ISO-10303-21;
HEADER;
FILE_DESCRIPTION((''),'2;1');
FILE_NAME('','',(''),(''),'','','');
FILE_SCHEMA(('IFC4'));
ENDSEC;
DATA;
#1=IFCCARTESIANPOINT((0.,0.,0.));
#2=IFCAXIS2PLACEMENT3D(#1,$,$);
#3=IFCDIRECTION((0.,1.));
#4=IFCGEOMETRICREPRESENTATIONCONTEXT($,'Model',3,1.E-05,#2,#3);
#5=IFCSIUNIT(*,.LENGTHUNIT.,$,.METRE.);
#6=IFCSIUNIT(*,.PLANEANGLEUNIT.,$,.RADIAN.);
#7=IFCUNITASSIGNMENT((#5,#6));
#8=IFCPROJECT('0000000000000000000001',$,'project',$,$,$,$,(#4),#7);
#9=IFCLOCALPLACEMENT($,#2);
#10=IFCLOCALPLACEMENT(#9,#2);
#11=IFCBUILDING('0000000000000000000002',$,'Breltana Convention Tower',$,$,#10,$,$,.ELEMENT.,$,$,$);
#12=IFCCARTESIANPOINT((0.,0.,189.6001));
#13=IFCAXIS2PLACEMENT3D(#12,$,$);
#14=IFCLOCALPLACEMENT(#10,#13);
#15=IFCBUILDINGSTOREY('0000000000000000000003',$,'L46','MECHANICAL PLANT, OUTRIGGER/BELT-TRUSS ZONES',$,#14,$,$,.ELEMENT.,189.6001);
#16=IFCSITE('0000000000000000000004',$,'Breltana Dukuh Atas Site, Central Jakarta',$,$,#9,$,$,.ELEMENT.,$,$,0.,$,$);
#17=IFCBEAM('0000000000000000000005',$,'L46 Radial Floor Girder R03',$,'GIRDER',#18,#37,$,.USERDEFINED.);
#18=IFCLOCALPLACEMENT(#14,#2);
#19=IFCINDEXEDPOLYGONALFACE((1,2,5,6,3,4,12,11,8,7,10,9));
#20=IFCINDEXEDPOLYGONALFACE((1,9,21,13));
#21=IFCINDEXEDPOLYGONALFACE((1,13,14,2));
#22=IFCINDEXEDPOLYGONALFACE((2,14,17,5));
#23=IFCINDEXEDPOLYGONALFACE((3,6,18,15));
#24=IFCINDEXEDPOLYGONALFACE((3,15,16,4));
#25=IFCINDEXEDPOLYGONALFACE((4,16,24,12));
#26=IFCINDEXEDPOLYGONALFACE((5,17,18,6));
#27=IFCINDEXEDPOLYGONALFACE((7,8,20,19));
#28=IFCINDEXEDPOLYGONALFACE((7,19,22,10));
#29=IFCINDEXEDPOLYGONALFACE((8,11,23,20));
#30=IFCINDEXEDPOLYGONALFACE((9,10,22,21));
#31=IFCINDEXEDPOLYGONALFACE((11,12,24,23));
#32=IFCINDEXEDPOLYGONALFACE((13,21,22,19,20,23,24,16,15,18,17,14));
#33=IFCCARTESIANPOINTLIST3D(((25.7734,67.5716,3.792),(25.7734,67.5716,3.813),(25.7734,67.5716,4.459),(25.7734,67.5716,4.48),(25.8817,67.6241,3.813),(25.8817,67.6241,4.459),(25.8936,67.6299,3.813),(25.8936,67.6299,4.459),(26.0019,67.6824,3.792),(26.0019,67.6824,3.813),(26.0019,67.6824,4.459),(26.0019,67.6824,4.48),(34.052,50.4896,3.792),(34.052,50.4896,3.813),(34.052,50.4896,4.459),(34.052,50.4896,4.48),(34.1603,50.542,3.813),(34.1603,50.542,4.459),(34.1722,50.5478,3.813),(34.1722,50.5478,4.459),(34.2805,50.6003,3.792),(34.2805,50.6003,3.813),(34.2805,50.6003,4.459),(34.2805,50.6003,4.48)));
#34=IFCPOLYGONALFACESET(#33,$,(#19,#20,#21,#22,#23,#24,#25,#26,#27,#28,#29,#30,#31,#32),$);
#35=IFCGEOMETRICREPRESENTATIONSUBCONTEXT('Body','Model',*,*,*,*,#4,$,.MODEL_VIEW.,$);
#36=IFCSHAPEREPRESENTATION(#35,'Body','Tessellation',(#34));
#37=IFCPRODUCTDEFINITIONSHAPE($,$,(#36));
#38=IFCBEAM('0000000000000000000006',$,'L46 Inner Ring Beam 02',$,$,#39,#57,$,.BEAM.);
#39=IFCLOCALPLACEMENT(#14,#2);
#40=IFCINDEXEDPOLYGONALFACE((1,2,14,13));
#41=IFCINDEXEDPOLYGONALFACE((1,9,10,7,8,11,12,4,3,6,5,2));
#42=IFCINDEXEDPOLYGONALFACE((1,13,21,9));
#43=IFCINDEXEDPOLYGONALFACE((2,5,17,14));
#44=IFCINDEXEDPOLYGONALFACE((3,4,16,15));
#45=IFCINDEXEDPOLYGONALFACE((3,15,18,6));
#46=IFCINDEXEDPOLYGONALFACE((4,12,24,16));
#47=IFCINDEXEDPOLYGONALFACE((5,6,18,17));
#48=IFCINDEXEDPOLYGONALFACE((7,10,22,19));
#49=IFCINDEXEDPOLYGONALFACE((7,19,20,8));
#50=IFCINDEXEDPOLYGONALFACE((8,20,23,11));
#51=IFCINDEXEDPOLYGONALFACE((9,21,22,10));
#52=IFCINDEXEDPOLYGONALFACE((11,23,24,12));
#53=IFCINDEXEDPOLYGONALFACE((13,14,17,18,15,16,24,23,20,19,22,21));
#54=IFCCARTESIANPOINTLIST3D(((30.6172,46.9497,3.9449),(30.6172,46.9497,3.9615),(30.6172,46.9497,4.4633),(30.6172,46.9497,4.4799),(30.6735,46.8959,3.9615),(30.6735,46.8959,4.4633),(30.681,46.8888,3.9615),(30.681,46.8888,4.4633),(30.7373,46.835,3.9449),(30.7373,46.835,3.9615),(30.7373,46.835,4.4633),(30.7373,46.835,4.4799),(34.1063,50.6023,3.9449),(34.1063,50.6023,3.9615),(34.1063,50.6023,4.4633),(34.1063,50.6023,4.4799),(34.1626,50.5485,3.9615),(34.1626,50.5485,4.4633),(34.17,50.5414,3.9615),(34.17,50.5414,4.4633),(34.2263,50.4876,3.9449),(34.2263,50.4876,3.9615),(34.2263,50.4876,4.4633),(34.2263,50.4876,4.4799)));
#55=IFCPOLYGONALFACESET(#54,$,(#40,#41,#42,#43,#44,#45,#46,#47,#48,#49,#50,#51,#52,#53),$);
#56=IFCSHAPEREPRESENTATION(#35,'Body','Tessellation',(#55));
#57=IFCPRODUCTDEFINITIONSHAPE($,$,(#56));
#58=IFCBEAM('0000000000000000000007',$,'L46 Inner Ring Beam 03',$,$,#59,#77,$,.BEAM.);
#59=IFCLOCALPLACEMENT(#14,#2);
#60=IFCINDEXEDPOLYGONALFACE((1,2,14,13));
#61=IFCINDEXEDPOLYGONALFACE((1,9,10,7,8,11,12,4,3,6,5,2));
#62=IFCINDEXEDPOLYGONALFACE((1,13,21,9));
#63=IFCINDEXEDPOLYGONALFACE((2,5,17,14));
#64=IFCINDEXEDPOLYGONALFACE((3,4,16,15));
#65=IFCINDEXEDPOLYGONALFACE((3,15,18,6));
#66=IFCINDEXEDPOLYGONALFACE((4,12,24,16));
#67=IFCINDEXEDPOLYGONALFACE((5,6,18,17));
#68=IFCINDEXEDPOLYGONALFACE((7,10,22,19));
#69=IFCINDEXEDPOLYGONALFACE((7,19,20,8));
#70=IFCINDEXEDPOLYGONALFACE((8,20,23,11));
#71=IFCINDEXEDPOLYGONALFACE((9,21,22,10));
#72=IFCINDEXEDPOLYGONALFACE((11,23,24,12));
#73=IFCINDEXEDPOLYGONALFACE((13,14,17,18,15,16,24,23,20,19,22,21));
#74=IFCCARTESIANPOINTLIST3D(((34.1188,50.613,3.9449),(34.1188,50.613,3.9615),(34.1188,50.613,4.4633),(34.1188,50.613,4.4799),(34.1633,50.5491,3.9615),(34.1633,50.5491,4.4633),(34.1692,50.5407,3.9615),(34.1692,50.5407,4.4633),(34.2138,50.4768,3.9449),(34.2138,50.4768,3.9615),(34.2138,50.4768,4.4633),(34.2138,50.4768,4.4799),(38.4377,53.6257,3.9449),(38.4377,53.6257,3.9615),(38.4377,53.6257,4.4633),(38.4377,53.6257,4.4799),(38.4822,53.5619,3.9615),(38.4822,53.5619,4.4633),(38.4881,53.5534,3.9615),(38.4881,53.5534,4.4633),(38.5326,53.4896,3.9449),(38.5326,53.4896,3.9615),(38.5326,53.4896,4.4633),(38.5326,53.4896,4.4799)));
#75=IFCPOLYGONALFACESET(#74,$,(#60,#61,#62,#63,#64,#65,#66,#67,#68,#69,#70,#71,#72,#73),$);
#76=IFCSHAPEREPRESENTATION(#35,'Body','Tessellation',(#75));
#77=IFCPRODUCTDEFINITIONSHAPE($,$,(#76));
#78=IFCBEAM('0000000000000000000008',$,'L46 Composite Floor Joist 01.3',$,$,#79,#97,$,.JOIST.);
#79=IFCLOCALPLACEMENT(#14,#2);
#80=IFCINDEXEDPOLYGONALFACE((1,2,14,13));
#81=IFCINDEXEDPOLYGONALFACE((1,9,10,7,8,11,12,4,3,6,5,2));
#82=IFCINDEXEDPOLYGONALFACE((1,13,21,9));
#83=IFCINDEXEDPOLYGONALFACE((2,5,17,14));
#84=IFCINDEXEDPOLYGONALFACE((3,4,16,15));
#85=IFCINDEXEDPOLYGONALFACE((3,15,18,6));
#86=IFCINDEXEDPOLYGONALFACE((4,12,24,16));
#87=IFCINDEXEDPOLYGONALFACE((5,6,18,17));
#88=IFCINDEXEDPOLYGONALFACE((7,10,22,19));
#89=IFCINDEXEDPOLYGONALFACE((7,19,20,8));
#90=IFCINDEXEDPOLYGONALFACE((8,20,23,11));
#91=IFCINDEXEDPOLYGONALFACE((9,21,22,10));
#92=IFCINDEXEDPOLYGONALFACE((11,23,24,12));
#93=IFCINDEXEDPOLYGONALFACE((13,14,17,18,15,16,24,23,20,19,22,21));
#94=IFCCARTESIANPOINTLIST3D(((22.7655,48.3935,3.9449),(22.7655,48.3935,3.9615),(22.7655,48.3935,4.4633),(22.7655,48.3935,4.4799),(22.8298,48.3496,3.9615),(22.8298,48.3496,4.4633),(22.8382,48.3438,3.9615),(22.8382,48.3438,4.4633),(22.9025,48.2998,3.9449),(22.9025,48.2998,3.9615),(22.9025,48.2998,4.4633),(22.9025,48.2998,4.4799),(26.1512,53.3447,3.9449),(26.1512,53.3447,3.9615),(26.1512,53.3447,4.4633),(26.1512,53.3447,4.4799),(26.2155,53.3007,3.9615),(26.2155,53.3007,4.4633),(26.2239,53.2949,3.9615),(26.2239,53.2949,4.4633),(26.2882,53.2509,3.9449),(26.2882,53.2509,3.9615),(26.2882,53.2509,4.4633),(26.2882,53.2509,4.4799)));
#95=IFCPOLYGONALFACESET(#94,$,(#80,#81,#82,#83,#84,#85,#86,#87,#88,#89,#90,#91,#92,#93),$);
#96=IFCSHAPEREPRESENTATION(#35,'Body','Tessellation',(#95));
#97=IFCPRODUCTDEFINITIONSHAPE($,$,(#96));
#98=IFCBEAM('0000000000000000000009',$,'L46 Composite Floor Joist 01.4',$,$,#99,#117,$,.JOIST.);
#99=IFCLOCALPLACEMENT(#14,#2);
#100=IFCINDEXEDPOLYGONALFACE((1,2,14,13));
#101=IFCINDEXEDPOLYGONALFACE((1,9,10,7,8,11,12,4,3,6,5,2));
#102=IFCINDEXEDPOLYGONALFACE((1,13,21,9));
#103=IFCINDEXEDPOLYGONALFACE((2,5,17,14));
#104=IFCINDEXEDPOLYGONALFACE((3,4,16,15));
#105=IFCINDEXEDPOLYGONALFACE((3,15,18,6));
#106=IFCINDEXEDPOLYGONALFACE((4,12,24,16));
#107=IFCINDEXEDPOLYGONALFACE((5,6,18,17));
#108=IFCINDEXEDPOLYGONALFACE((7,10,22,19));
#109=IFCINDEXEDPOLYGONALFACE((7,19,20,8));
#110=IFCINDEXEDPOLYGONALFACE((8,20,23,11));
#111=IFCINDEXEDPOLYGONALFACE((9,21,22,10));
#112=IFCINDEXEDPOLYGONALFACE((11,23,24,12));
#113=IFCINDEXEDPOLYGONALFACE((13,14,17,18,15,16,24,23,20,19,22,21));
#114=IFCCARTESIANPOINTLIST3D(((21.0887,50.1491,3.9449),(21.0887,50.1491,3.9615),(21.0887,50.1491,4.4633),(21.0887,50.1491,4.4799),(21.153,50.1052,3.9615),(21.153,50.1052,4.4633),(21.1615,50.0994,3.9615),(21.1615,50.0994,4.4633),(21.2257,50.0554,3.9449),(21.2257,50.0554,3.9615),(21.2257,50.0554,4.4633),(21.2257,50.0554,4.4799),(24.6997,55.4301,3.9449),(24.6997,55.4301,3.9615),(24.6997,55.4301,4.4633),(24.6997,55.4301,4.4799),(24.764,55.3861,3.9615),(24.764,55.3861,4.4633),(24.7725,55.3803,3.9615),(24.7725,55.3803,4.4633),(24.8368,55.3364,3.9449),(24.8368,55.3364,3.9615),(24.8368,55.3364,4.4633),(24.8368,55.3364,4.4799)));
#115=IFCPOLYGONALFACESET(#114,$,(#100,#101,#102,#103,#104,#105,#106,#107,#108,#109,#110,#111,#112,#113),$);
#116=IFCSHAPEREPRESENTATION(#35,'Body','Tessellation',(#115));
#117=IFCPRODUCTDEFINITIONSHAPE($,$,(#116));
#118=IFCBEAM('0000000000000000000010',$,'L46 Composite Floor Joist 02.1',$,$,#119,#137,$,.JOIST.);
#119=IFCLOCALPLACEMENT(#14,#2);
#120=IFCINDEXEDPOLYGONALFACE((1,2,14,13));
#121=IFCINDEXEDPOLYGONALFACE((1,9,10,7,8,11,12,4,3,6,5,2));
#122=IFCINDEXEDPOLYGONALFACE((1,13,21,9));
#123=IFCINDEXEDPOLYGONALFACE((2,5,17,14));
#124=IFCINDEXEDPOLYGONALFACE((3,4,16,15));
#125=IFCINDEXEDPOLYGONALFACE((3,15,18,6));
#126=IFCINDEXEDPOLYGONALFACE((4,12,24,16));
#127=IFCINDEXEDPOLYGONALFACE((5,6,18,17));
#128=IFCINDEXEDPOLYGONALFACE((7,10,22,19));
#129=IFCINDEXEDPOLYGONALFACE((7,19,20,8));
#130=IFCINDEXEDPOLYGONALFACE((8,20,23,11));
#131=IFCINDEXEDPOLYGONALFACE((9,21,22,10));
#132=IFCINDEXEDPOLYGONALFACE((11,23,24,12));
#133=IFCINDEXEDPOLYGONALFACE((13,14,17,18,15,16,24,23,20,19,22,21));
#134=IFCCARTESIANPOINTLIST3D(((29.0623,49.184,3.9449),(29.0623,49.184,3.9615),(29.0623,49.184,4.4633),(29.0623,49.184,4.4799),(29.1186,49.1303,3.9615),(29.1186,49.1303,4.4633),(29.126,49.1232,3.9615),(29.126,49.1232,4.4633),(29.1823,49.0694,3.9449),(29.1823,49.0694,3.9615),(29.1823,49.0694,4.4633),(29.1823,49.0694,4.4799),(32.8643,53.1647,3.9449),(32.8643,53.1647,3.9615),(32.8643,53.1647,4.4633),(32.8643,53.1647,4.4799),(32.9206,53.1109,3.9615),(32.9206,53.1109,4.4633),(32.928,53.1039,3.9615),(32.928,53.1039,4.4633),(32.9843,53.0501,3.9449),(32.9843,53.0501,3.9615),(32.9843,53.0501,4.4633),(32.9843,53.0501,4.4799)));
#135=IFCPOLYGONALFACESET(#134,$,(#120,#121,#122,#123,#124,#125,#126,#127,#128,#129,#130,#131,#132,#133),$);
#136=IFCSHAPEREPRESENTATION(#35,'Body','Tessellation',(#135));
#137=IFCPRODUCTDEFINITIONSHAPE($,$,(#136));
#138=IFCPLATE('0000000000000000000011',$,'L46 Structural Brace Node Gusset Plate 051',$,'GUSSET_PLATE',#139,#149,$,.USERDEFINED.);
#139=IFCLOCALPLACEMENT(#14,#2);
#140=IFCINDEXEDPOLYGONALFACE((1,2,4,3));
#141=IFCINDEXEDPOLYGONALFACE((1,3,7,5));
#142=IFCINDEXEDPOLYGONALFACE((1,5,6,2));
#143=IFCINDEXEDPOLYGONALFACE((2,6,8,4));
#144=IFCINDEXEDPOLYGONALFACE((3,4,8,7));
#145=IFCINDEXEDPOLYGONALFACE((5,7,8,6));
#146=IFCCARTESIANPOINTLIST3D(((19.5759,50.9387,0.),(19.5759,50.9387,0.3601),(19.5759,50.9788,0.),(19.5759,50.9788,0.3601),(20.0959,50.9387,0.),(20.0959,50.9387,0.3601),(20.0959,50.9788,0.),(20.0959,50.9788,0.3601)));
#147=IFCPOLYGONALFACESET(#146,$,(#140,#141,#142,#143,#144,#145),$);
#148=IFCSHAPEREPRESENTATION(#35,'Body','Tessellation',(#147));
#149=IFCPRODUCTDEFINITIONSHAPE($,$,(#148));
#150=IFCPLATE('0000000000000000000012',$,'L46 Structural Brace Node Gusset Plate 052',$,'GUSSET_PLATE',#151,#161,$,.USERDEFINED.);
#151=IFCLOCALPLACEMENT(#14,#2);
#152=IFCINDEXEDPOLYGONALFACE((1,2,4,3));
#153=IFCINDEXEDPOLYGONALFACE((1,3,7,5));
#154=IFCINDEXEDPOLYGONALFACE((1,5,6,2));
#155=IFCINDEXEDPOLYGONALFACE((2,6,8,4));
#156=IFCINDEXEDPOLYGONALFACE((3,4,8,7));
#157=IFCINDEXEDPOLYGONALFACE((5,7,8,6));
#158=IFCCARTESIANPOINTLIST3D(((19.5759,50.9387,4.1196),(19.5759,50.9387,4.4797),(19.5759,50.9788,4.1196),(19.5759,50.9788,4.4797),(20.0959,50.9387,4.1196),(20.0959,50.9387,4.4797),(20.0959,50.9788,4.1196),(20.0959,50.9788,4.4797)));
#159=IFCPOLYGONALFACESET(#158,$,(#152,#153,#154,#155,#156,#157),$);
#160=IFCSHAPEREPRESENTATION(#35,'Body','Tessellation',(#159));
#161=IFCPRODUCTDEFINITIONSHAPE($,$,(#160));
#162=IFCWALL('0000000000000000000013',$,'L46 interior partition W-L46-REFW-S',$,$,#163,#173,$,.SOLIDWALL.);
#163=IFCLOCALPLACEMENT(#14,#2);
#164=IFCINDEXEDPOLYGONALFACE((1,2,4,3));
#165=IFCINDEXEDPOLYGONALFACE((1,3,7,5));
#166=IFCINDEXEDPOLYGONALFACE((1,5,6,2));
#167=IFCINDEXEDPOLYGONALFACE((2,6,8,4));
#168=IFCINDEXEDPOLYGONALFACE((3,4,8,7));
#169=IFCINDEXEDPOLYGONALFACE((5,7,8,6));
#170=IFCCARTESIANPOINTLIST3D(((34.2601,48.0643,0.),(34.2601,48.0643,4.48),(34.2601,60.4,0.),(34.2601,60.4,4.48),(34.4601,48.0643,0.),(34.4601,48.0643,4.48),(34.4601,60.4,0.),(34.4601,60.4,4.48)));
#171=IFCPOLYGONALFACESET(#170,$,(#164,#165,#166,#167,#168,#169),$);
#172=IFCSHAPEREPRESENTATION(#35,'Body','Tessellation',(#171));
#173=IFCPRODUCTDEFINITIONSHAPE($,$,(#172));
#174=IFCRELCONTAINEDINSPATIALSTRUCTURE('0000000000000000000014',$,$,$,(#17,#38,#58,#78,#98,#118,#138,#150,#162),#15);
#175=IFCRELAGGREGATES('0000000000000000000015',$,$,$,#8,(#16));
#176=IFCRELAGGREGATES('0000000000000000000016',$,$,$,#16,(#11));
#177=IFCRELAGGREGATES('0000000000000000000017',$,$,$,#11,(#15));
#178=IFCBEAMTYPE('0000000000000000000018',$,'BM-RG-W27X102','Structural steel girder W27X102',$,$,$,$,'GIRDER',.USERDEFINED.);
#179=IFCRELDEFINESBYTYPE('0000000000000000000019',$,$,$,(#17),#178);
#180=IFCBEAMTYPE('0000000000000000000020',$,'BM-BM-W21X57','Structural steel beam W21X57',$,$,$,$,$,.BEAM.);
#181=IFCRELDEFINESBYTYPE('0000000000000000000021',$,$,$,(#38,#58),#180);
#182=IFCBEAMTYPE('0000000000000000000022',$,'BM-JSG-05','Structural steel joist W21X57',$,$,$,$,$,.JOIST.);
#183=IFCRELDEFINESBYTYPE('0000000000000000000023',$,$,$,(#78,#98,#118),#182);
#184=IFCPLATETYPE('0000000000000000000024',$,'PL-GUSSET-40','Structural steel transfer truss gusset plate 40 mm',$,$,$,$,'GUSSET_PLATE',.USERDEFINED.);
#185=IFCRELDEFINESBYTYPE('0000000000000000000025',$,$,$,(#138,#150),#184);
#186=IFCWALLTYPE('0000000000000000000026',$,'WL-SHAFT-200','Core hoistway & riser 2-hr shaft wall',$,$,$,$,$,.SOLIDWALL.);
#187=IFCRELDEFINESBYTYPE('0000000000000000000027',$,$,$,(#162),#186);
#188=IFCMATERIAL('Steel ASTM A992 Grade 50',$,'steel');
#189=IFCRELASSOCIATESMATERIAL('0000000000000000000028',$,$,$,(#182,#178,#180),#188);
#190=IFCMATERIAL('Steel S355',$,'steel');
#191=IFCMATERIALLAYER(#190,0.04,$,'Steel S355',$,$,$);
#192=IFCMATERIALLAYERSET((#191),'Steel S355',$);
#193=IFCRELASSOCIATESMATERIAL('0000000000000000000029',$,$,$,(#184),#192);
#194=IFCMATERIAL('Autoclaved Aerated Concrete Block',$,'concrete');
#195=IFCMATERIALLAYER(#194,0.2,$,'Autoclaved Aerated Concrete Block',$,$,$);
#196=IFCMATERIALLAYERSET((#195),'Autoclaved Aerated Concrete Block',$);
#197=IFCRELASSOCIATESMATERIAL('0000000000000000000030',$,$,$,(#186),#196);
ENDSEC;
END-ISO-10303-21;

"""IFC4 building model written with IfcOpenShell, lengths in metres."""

from ifc_helpers import new_model, si_unit, direction, frame, frame_2d, origin, origin_2d, place, context, subcontext, project, spatial, rectangle, i_section, extrude, source, transform, mapped, material, layer, layer_set, material_profile, profile_set, type_object, element, save


model = new_model("IFC4")

# Units and contexts
model_context = context("Model", 3, precision=1e-05, world=origin(), true_north=direction((0.0, 1.0)))
body_context = subcontext(model_context, "Body", "Model", "MODEL_VIEW")
ifc_project = project(units=[si_unit("LENGTHUNIT", "METRE"), si_unit("PLANEANGLEUNIT", "RADIAN")], contexts=[model_context])

# Site, building, storey
site_placement = place(None, origin())
site = spatial("IfcSite", under=ifc_project, at=site_placement, Name="Breltana Dukuh Atas Site, Central Jakarta", CompositionType="ELEMENT", RefElevation=0.0)
building_placement = place(site_placement, origin())
building = spatial("IfcBuilding", under=site, at=building_placement, Name="Breltana Convention Tower", CompositionType="ELEMENT")
storey_placement = place(building_placement, frame((0.0, 0.0, 189.6001)))
storey = spatial("IfcBuildingStorey", under=building, at=storey_placement, Name="L46", Description="MECHANICAL PLANT, OUTRIGGER/BELT-TRUSS ZONES", CompositionType="ELEMENT", Elevation=189.6001)

# Beams
ifc_material_1 = material(Name="Steel ASTM A992 Grade 50", Category="steel")
ifc_material_profile_1 = material_profile(ifc_material_1, i_section(OverallWidth=0.166, OverallDepth=0.5349, WebThickness=0.0103, FlangeThickness=0.0166, at=origin_2d()), Name="W21X57")
ifc_profile_set_1 = profile_set([ifc_material_profile_1], Name="Steel ASTM A992 Grade 50")
beam_type_1 = type_object("IfcBeamType", Name="BM-JSG-05", Description="Structural steel joist W21X57", PredefinedType="JOIST", material=ifc_profile_set_1)
ifc_material_profile_2 = material_profile(ifc_material_1, i_section(OverallWidth=0.2539, OverallDepth=0.688, WebThickness=0.0132, FlangeThickness=0.021, at=origin_2d()), Name="W27X102")
ifc_profile_set_2 = profile_set([ifc_material_profile_2], Name="Steel ASTM A992 Grade 50")
beam_type_2 = type_object("IfcBeamType", Name="BM-RG-W27X102", Description="Structural steel girder W27X102", ElementType="GIRDER", PredefinedType="USERDEFINED", material=ifc_profile_set_2)
shared_shape_1 = source(origin(), body_context, "Body", "SweptSolid", [
    extrude(i_section(OverallWidth=0.2539, OverallDepth=0.688, WebThickness=0.0132, FlangeThickness=0.021, at=origin_2d()), origin(), (0.0, 0.0, 1.0), 18.9824),
])
beam_1_placement = place(storey_placement, frame((34.1663, 50.5449, 4.136), z_axis=(-0.436119, 0.899889, 0.0), x_axis=(-0.899889, -0.436119, 0.0)))
element("IfcBeam", 1, at=beam_1_placement, inside=storey, type_object=beam_type_2, Name="L46 Radial Floor Girder R03", ObjectType="GIRDER", PredefinedType="USERDEFINED", context=body_context, shape_type="MappedRepresentation", body=[
    mapped(shared_shape_1, transform((0.0, 0.0, 0.0), scale=1.0)),
])
ifc_material_profile_3 = material_profile(ifc_material_1, i_section(OverallWidth=0.166, OverallDepth=0.5349, WebThickness=0.0103, FlangeThickness=0.0166, at=origin_2d()), Name="W21X57")
ifc_profile_set_3 = profile_set([ifc_material_profile_3], Name="Steel ASTM A992 Grade 50")
beam_type_3 = type_object("IfcBeamType", Name="BM-BM-W21X57", Description="Structural steel beam W21X57", PredefinedType="BEAM", material=ifc_profile_set_3)
shared_shape_2 = source(origin(), body_context, "Body", "SweptSolid", [
    extrude(i_section(OverallWidth=0.166, OverallDepth=0.5349, WebThickness=0.0103, FlangeThickness=0.0166, at=origin_2d()), origin(), (0.0, 0.0, 1.0), 5.0513),
])
beam_2_placement = place(storey_placement, frame((30.6772, 46.8923, 4.2124), z_axis=(0.69073, 0.723113, 0.0), x_axis=(-0.723113, 0.69073, 0.0)))
element("IfcBeam", 2, at=beam_2_placement, inside=storey, type_object=beam_type_3, Name="L46 Inner Ring Beam 02", PredefinedType="BEAM", context=body_context, shape_type="MappedRepresentation", body=[
    mapped(shared_shape_2, transform((0.0, 0.0, 0.0), scale=1.0)),
])
shared_shape_3 = source(origin(), body_context, "Body", "SweptSolid", [
    extrude(i_section(OverallWidth=0.166, OverallDepth=0.5349, WebThickness=0.0103, FlangeThickness=0.0166, at=origin_2d()), origin(), (0.0, 0.0, 1.0), 5.2659),
])
beam_3_placement = place(storey_placement, frame((34.1663, 50.5449, 4.2124), z_axis=(0.820167, 0.572124, 0.0), x_axis=(-0.572124, 0.820167, 0.0)))
element("IfcBeam", 3, at=beam_3_placement, inside=storey, type_object=beam_type_3, Name="L46 Inner Ring Beam 03", PredefinedType="BEAM", context=body_context, shape_type="MappedRepresentation", body=[
    mapped(shared_shape_3, transform((0.0, 0.0, 0.0), scale=1.0)),
])
shared_shape_4 = source(origin(), body_context, "Body", "SweptSolid", [
    extrude(i_section(OverallWidth=0.166, OverallDepth=0.5349, WebThickness=0.0103, FlangeThickness=0.0166, at=origin_2d()), origin(), (0.0, 0.0, 1.0), 5.998),
])
beam_4_placement = place(storey_placement, frame((22.834, 48.3467, 4.2124), z_axis=(0.564468, 0.825455, 0.0), x_axis=(-0.825455, 0.564468, 0.0)))
element("IfcBeam", 4, at=beam_4_placement, inside=storey, type_object=beam_type_1, Name="L46 Composite Floor Joist 01.3", PredefinedType="JOIST", context=body_context, shape_type="MappedRepresentation", body=[
    mapped(shared_shape_4, transform((0.0, 0.0, 0.0), scale=1.0)),
])
shared_shape_5 = source(origin(), body_context, "Body", "SweptSolid", [
    extrude(i_section(OverallWidth=0.166, OverallDepth=0.5349, WebThickness=0.0103, FlangeThickness=0.0166, at=origin_2d()), origin(), (0.0, 0.0, 1.0), 6.3975),
])
beam_5_placement = place(storey_placement, frame((21.1572, 50.1023, 4.2124), z_axis=(0.564446, 0.82547, 0.0), x_axis=(-0.82547, 0.564446, 0.0)))
element("IfcBeam", 5, at=beam_5_placement, inside=storey, type_object=beam_type_1, Name="L46 Composite Floor Joist 01.4", PredefinedType="JOIST", context=body_context, shape_type="MappedRepresentation", body=[
    mapped(shared_shape_5, transform((0.0, 0.0, 0.0), scale=1.0)),
])
shared_shape_6 = source(origin(), body_context, "Body", "SweptSolid", [
    extrude(i_section(OverallWidth=0.166, OverallDepth=0.5349, WebThickness=0.0103, FlangeThickness=0.0166, at=origin_2d()), origin(), (0.0, 0.0, 1.0), 5.5046),
])
beam_6_placement = place(storey_placement, frame((29.1223, 49.1267, 4.2124), z_axis=(0.690688, 0.723153, 0.0), x_axis=(-0.723153, 0.690688, 0.0)))
element("IfcBeam", 6, at=beam_6_placement, inside=storey, type_object=beam_type_1, Name="L46 Composite Floor Joist 02.1", PredefinedType="JOIST", context=body_context, shape_type="MappedRepresentation", body=[
    mapped(shared_shape_6, transform((0.0, 0.0, 0.0), scale=1.0)),
])

# Plates
ifc_material_2 = material(Name="Steel S355", Category="steel")
ifc_layer_1 = layer(ifc_material_2, 0.04, Name="Steel S355")
ifc_layer_set_1 = layer_set([ifc_layer_1], Name="Steel S355")
plate_type = type_object("IfcPlateType", Name="PL-GUSSET-40", Description="Structural steel transfer truss gusset plate 40 mm", ElementType="GUSSET_PLATE", PredefinedType="USERDEFINED", material=ifc_layer_set_1)
shared_shape_7 = source(origin(), body_context, "Body", "SweptSolid", [
    extrude(rectangle(XDim=0.52, YDim=0.04, at=origin_2d()), origin(), (0.0, 0.0, 1.0), 0.3601),
])
for number, where, z_axis, x_axis, name in (
    (7, (19.8359, 50.9587, 0.0), (0.0, 0.0, 1.0), (1.0, 0.0, 0.0), "L46 Structural Brace Node Gusset Plate 051"),
    (8, (19.8359, 50.9587, 4.1196), (0.0, 0.0, 1.0), (1.0, 0.0, 0.0), "L46 Structural Brace Node Gusset Plate 052"),
):
    element("IfcPlate", number, at=place(storey_placement, frame(where, z_axis=z_axis, x_axis=x_axis)), inside=storey, type_object=plate_type, Name=name, ObjectType="GUSSET_PLATE", PredefinedType="USERDEFINED", context=body_context, shape_type="MappedRepresentation", body=[
        mapped(shared_shape_7, transform((0.0, 0.0, 0.0), scale=1.0)),
    ])

# Wall
ifc_material_3 = material(Name="Autoclaved Aerated Concrete Block", Category="concrete")
ifc_layer_2 = layer(ifc_material_3, 0.2, Name="Autoclaved Aerated Concrete Block")
ifc_layer_set_2 = layer_set([ifc_layer_2], Name="Autoclaved Aerated Concrete Block")
wall_type = type_object("IfcWallType", Name="WL-SHAFT-200", Description="Core hoistway & riser 2-hr shaft wall", PredefinedType="SOLIDWALL", material=ifc_layer_set_2)
shared_shape_8 = source(origin(), body_context, "Body", "SweptSolid", [
    extrude(rectangle(XDim=12.3357, YDim=0.2, at=frame_2d((6.168, 0.0))), origin(), (0.0, 0.0, 1.0), 4.48),
])
wall_placement = place(storey_placement, frame((34.3601, 48.0642, 0.0), z_axis=(0.0, 0.0, 1.0), x_axis=(0.0, 1.0, 0.0)))
element("IfcWall", 9, at=wall_placement, inside=storey, type_object=wall_type, Name="L46 interior partition W-L46-REFW-S", PredefinedType="SOLIDWALL", context=body_context, shape_type="MappedRepresentation", body=[
    mapped(shared_shape_8, transform((0.0, 0.0, 0.0), scale=1.0)),
])

save(model, "model.ifc")
